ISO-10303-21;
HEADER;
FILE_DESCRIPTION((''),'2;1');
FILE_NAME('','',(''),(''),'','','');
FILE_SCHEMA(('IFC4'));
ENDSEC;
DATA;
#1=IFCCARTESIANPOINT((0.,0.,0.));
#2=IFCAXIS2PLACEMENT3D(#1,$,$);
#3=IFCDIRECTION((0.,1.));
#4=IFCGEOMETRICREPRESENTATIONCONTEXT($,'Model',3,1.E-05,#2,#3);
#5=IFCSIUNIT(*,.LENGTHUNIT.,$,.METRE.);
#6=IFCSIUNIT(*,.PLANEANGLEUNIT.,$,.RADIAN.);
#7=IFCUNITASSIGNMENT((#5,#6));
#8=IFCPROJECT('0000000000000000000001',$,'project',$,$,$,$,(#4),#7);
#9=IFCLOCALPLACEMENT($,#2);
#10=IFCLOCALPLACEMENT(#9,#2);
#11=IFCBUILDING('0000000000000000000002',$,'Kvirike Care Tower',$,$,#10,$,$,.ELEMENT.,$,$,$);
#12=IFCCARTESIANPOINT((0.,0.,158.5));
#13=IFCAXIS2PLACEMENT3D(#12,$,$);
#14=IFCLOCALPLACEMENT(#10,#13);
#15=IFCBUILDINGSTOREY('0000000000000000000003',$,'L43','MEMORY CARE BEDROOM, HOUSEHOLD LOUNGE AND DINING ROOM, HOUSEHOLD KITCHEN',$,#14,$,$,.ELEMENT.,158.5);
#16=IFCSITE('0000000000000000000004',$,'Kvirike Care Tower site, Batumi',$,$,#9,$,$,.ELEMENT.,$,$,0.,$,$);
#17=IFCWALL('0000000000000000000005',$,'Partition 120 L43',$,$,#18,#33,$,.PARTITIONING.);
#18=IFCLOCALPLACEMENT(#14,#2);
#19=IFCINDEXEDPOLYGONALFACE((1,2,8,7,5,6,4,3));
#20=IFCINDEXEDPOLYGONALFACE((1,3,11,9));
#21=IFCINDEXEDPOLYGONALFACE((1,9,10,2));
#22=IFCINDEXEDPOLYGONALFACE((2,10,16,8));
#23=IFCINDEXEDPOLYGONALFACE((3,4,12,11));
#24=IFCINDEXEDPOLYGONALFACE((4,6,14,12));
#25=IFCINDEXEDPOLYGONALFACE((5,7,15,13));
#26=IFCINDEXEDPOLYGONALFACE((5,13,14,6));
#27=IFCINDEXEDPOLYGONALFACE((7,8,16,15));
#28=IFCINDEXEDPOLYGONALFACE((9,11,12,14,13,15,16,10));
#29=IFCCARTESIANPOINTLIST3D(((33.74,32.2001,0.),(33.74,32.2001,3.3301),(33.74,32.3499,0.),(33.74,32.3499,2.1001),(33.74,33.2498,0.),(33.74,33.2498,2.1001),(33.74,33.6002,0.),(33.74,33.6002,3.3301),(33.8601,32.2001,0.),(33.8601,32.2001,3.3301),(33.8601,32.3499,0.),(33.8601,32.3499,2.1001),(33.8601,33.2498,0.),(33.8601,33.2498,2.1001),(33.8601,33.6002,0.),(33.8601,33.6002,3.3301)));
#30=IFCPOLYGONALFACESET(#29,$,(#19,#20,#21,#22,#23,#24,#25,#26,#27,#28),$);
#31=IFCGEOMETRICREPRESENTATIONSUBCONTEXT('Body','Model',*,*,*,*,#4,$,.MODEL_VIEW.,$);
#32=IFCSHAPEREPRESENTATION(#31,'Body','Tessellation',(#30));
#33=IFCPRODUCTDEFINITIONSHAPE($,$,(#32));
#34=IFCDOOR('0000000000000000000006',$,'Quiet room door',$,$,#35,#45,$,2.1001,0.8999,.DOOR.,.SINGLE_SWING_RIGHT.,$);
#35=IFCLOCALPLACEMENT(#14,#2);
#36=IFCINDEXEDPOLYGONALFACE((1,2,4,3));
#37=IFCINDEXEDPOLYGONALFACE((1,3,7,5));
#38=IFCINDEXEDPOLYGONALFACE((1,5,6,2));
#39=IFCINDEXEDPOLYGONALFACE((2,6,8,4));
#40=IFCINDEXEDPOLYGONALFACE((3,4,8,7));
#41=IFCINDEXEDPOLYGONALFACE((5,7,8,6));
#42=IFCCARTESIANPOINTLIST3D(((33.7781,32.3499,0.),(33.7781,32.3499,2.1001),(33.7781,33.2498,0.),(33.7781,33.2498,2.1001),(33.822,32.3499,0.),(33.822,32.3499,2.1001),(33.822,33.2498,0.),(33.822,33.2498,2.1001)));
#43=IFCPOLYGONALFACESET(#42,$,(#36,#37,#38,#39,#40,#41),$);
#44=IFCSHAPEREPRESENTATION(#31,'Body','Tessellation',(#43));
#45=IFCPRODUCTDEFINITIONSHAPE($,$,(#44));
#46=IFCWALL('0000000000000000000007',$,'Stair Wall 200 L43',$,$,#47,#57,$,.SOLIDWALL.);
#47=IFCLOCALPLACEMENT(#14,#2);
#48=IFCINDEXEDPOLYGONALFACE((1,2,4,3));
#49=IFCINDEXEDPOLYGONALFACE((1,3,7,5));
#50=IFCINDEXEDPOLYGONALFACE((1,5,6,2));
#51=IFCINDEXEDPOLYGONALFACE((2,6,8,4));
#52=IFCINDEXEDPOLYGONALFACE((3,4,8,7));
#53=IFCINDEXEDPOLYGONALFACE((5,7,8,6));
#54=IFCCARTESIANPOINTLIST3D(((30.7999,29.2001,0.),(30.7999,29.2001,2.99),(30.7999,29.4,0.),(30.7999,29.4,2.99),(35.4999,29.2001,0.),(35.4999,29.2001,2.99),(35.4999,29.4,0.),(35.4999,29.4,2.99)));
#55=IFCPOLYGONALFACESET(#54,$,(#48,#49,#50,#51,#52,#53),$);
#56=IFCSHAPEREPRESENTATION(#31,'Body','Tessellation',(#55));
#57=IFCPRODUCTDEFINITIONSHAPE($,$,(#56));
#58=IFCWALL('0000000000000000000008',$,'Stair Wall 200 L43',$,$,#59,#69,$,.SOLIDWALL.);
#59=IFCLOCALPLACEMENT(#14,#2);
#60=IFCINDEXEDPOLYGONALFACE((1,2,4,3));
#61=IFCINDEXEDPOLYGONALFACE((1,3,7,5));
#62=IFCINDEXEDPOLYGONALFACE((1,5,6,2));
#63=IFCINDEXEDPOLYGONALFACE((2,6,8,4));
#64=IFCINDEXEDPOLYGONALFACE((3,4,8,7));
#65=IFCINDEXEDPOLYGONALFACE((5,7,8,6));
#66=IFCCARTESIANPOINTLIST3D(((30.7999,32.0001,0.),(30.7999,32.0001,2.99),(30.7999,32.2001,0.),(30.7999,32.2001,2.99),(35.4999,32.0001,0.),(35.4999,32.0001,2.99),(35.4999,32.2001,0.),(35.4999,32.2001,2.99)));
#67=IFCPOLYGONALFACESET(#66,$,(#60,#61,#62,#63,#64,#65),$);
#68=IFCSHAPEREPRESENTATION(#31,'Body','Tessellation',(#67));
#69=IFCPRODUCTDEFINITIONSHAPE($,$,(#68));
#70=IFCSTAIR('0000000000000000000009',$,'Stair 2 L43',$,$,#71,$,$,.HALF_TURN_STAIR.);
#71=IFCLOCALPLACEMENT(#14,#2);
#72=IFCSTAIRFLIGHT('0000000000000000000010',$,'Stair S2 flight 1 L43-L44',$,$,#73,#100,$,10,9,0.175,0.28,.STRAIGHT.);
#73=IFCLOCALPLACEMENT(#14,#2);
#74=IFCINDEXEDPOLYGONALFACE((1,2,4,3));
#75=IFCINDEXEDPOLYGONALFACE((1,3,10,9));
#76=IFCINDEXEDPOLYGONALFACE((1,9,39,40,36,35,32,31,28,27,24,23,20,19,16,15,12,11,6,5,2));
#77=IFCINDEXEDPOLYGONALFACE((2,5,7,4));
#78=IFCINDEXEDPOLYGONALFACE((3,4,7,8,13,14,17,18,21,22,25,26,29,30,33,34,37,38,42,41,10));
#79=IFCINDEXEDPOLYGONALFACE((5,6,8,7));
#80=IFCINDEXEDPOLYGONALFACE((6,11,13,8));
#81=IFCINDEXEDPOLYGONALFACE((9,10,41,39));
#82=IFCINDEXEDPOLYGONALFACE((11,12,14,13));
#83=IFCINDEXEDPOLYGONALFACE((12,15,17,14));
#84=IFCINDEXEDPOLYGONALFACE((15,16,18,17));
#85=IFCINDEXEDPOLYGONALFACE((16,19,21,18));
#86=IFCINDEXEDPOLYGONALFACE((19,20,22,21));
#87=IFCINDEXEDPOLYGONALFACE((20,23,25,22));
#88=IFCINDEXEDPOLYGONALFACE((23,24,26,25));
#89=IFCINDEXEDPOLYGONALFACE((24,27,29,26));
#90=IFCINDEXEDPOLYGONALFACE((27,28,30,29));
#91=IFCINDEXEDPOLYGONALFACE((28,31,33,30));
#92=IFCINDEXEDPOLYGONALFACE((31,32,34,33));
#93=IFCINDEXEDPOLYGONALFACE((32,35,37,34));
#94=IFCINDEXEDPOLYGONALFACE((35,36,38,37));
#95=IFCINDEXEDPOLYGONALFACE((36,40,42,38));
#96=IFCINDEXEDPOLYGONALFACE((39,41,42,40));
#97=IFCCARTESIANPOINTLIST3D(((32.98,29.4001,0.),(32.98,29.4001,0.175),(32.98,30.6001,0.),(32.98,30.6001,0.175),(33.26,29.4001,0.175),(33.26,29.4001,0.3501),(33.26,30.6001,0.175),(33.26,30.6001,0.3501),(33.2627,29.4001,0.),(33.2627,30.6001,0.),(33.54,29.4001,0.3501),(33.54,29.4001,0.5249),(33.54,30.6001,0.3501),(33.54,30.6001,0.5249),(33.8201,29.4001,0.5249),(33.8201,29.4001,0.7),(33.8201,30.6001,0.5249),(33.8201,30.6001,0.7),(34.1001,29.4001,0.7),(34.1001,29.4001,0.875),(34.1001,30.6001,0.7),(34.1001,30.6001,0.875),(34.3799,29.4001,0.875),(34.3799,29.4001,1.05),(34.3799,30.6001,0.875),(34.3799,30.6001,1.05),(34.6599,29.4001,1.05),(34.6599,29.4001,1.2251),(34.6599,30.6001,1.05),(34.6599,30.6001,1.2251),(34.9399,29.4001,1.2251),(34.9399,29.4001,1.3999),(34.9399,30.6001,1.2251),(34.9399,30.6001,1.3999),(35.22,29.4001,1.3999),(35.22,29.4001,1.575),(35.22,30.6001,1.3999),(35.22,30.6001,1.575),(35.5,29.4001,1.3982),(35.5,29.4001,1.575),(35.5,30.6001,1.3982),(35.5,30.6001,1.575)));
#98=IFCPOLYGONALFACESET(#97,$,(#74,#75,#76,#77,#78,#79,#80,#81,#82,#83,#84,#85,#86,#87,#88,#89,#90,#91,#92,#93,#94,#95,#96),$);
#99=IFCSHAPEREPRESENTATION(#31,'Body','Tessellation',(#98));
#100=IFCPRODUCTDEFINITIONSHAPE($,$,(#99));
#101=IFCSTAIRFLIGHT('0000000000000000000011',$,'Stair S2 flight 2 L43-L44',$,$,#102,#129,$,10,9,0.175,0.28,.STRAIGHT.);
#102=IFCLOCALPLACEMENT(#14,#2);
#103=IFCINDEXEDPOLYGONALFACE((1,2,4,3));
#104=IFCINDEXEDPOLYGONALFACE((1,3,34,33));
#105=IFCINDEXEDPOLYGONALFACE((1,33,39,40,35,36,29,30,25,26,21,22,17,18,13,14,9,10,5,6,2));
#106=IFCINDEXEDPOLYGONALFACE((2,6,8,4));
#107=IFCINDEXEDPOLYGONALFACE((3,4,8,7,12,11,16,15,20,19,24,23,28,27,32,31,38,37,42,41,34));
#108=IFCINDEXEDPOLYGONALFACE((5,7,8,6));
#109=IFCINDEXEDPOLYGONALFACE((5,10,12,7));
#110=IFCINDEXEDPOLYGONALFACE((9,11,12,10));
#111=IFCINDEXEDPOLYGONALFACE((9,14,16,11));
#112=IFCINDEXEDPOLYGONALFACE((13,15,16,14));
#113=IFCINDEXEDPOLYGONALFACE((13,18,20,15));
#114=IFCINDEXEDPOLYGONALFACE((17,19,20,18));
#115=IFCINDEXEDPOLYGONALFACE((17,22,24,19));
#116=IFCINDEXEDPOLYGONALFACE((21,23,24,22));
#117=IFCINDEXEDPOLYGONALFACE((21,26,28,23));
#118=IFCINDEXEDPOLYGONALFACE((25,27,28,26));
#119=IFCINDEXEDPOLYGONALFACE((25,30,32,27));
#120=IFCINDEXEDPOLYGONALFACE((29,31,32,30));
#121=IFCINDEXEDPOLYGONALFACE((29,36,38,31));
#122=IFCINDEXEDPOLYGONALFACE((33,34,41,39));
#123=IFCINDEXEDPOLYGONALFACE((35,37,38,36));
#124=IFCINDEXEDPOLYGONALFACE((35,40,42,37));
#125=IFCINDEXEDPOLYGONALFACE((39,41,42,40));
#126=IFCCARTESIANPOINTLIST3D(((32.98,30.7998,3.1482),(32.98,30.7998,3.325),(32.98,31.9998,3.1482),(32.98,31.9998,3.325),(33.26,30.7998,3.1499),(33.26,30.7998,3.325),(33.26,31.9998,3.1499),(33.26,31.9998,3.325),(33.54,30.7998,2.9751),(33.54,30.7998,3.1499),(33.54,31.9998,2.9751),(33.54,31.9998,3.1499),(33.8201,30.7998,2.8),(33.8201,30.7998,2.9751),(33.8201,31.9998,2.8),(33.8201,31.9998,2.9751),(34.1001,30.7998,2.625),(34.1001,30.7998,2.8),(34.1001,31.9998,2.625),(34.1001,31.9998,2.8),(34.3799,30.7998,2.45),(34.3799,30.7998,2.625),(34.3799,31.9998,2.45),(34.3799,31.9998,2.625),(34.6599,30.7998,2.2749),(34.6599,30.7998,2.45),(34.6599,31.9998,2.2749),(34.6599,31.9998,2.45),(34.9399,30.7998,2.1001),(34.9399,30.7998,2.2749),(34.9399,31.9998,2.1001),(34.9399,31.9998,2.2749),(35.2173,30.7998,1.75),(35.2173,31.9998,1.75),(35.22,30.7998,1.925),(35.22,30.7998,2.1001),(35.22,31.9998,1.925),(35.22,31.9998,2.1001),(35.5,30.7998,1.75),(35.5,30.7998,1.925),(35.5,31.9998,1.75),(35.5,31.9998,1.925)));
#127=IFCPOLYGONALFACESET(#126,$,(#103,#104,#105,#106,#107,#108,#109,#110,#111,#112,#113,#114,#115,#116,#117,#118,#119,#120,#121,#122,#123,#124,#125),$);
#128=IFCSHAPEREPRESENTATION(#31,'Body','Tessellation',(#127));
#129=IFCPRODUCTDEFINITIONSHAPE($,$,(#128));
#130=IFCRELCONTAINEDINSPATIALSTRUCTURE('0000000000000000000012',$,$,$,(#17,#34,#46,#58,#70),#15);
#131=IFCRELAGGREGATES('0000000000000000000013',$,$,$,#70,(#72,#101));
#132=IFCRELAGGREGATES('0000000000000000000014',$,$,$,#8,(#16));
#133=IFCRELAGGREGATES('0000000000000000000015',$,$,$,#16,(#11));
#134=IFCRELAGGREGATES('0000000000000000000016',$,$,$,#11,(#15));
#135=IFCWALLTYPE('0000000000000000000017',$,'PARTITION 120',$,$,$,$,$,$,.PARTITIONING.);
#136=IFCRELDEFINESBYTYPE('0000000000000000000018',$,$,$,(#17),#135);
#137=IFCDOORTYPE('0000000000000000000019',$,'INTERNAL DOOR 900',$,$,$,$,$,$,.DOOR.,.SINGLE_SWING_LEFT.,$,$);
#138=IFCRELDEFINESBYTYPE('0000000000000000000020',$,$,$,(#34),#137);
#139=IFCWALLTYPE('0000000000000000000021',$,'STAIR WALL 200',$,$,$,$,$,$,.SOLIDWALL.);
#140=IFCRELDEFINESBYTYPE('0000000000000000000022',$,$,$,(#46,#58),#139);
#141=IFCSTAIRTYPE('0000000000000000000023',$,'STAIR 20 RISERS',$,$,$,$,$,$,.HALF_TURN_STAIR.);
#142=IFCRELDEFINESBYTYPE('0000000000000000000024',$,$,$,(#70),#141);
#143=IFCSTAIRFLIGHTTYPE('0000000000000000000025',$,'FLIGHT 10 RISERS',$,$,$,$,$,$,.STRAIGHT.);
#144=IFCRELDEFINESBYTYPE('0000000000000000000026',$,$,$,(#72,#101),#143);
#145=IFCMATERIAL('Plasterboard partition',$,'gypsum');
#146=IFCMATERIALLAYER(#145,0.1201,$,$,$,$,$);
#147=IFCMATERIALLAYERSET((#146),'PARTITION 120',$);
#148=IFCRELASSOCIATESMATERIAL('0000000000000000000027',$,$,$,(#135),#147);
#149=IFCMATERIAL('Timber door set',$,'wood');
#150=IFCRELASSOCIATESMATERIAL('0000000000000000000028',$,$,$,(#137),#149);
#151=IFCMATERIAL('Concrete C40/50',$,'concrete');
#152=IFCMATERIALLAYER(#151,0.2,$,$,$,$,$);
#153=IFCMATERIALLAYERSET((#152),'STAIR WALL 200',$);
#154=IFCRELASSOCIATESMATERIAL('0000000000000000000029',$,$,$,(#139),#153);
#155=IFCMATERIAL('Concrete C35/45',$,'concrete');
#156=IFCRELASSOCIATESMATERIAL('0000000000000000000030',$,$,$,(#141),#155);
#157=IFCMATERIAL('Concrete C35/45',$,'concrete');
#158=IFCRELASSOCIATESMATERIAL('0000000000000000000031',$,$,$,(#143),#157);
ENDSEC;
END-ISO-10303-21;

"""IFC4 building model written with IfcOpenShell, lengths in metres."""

from ifc_helpers import new_model, si_unit, direction, frame, frame_2d, origin, place, context, subcontext, project, spatial, polyline, rectangle, outline, extrude, material, layer, layer_set, type_object, element, fill, aggregate, save


model = new_model("IFC4")

# Units and contexts
model_context = context("Model", 3, precision=1e-05, world=origin(), true_north=direction((0.0, 1.0)))
body_context = subcontext(model_context, "Body", "Model", "MODEL_VIEW")
ifc_project = project(units=[si_unit("LENGTHUNIT", "METRE"), si_unit("PLANEANGLEUNIT", "RADIAN")], contexts=[model_context])

# Site, building, storey
site_placement = place(None, origin())
site = spatial("IfcSite", under=ifc_project, at=site_placement, Name="Kvirike Care Tower site, Batumi", CompositionType="ELEMENT", RefElevation=0.0)
building_placement = place(site_placement, origin())
building = spatial("IfcBuilding", under=site, at=building_placement, Name="Kvirike Care Tower", CompositionType="ELEMENT")
storey_placement = place(building_placement, frame((0.0, 0.0, 158.5)))
storey = spatial("IfcBuildingStorey", under=building, at=storey_placement, Name="L43", Description="MEMORY CARE BEDROOM, HOUSEHOLD LOUNGE AND DINING ROOM, HOUSEHOLD KITCHEN", CompositionType="ELEMENT", Elevation=158.5)

# Wall, opening, door
ifc_material_1 = material(Name="Plasterboard partition", Category="gypsum")
ifc_layer_1 = layer(ifc_material_1, 0.1201)
ifc_layer_set_1 = layer_set([ifc_layer_1], Name="PARTITION 120")
wall_type_1 = type_object("IfcWallType", Name="PARTITION 120", PredefinedType="PARTITIONING", material=ifc_layer_set_1)
wall_placement = place(storey_placement, frame((33.8, 32.2, 0.0), z_axis=(0.0, 0.0, 1.0), x_axis=(0.0, 1.0, 0.0)))
wall = element("IfcWall", 1, at=wall_placement, inside=storey, type_object=wall_type_1, Name="Partition 120 L43", PredefinedType="PARTITIONING", context=body_context, shape_type="SweptSolid", body=[
    extrude(rectangle(XDim=1.4001, YDim=0.1201, at=frame_2d((0.7002, 0.0))), origin(), (0.0, 0.0, 1.0), 3.3301),
])
opening_placement = place(wall_placement, frame((0.1499, 0.0, 0.0)))
opening = element("IfcOpeningElement", 2, at=opening_placement, cuts=wall, PredefinedType="OPENING", context=body_context, shape_type="SweptSolid", body=[
    extrude(rectangle(XDim=0.8999, YDim=2.1001, at=frame_2d((0.45, 1.05))), frame((0.0, 0.0706, 0.0), z_axis=(0.0, -1.0, 0.0), x_axis=(1.0, 0.0, 0.0)), (0.0, 0.0, 1.0), 0.1411),
])
ifc_material_2 = material(Name="Timber door set", Category="wood")
door_type = type_object("IfcDoorType", Name="INTERNAL DOOR 900", OperationType="SINGLE_SWING_LEFT", PredefinedType="DOOR", material=ifc_material_2)
door_placement = place(opening_placement, origin())
door = element("IfcDoor", 3, at=door_placement, inside=storey, type_object=door_type, Name="Quiet room door", OperationType="SINGLE_SWING_RIGHT", OverallHeight=2.1001, OverallWidth=0.8999, PredefinedType="DOOR", context=body_context, shape_type="SweptSolid", body=[
    extrude(rectangle(XDim=0.8999, YDim=2.1001, at=frame_2d((0.45, 1.05))), frame((0.0, 0.022, 0.0), z_axis=(0.0, -1.0, 0.0), x_axis=(1.0, 0.0, 0.0)), (0.0, 0.0, 1.0), 0.0439),
])
fill(opening, door)

# Walls
ifc_material_3 = material(Name="Concrete C40/50", Category="concrete")
ifc_layer_2 = layer(ifc_material_3, 0.2)
ifc_layer_set_2 = layer_set([ifc_layer_2], Name="STAIR WALL 200")
wall_type_2 = type_object("IfcWallType", Name="STAIR WALL 200", PredefinedType="SOLIDWALL", material=ifc_layer_set_2)
for number, where, z_axis, x_axis, name in (
    (4, (35.5, 29.3, 0.0), (0.0, 0.0, 1.0), (-1.0, 0.0, 0.0), "Stair Wall 200 L43"),
    (5, (35.5, 32.1001, 0.0), (0.0, 0.0, 1.0), (-1.0, 0.0, 0.0), "Stair Wall 200 L43"),
):
    element("IfcWall", number, at=place(storey_placement, frame(where, z_axis=z_axis, x_axis=x_axis)), inside=storey, type_object=wall_type_2, Name=name, PredefinedType="SOLIDWALL", context=body_context, shape_type="SweptSolid", body=[
        extrude(rectangle(XDim=4.7, YDim=0.2, at=frame_2d((2.3501, 0.0))), origin(), (0.0, 0.0, 1.0), 2.99),
    ])

# Stair, stair flights
ifc_material_4 = material(Name="Concrete C35/45", Category="concrete")
stair_type = type_object("IfcStairType", Name="STAIR 20 RISERS", PredefinedType="HALF_TURN_STAIR", material=ifc_material_4)
stair_placement = place(storey_placement, origin())
stair = element("IfcStair", 6, at=stair_placement, inside=storey, type_object=stair_type, Name="Stair 2 L43", PredefinedType="HALF_TURN_STAIR")
ifc_material_5 = material(Name="Concrete C35/45", Category="concrete")
stair_flight_type = type_object("IfcStairFlightType", Name="FLIGHT 10 RISERS", PredefinedType="STRAIGHT", material=ifc_material_5)
stair_flight_1_placement = place(storey_placement, frame((32.98, 30.0, 0.0), z_axis=(0.0, 0.0, 1.0), x_axis=(1.0, 0.0, 0.0)))
stair_flight_1 = element("IfcStairFlight", 7, at=stair_flight_1_placement, type_object=stair_flight_type, Name="Stair S2 flight 1 L43-L44", NumberOfRisers=10, NumberOfTreads=9, PredefinedType="STRAIGHT", RiserHeight=0.175, TreadLength=0.28, context=body_context, shape_type="SweptSolid", body=[
    extrude(outline(polyline([(0.0, 0.0), (0.0, 0.175), (0.28, 0.175), (0.28, 0.3501), (0.5601, 0.3501), (0.5601, 0.5249), (0.8401, 0.5249), (0.8401, 0.7), (1.1201, 0.7), (1.1201, 0.875), (1.3999, 0.875), (1.3999, 1.05), (1.6799, 1.05), (1.6799, 1.2251), (1.96, 1.2251), (1.96, 1.3999), (2.24, 1.3999), (2.24, 1.575), (2.52, 1.575), (2.52, 1.75), (2.52, 1.3982), (0.2827, 0.0), (0.0, 0.0)])), frame((0.0, 0.6001, 0.0), z_axis=(0.0, -1.0, 0.0), x_axis=(1.0, 0.0, 0.0)), (0.0, 0.0, 1.0), 1.2),
])
stair_flight_2_placement = place(storey_placement, frame((35.5, 31.3999, 1.75), z_axis=(0.0, 0.0, 1.0), x_axis=(-1.0, 0.0, 0.0)))
stair_flight_2 = element("IfcStairFlight", 8, at=stair_flight_2_placement, type_object=stair_flight_type, Name="Stair S2 flight 2 L43-L44", NumberOfRisers=10, NumberOfTreads=9, PredefinedType="STRAIGHT", RiserHeight=0.175, TreadLength=0.28, context=body_context, shape_type="SweptSolid", body=[
    extrude(outline(polyline([(0.0, 0.0), (0.0, 0.175), (0.28, 0.175), (0.28, 0.3501), (0.5601, 0.3501), (0.5601, 0.5249), (0.8401, 0.5249), (0.8401, 0.7), (1.1201, 0.7), (1.1201, 0.875), (1.3999, 0.875), (1.3999, 1.05), (1.6799, 1.05), (1.6799, 1.2251), (1.96, 1.2251), (1.96, 1.3999), (2.24, 1.3999), (2.24, 1.575), (2.52, 1.575), (2.52, 1.75), (2.52, 1.3982), (0.2827, 0.0), (0.0, 0.0)])), frame((0.0, 0.6001, 0.0), z_axis=(0.0, -1.0, 0.0), x_axis=(1.0, 0.0, 0.0)), (0.0, 0.0, 1.0), 1.2),
])
aggregate(stair, [stair_flight_1, stair_flight_2])

save(model, "model.ifc")
